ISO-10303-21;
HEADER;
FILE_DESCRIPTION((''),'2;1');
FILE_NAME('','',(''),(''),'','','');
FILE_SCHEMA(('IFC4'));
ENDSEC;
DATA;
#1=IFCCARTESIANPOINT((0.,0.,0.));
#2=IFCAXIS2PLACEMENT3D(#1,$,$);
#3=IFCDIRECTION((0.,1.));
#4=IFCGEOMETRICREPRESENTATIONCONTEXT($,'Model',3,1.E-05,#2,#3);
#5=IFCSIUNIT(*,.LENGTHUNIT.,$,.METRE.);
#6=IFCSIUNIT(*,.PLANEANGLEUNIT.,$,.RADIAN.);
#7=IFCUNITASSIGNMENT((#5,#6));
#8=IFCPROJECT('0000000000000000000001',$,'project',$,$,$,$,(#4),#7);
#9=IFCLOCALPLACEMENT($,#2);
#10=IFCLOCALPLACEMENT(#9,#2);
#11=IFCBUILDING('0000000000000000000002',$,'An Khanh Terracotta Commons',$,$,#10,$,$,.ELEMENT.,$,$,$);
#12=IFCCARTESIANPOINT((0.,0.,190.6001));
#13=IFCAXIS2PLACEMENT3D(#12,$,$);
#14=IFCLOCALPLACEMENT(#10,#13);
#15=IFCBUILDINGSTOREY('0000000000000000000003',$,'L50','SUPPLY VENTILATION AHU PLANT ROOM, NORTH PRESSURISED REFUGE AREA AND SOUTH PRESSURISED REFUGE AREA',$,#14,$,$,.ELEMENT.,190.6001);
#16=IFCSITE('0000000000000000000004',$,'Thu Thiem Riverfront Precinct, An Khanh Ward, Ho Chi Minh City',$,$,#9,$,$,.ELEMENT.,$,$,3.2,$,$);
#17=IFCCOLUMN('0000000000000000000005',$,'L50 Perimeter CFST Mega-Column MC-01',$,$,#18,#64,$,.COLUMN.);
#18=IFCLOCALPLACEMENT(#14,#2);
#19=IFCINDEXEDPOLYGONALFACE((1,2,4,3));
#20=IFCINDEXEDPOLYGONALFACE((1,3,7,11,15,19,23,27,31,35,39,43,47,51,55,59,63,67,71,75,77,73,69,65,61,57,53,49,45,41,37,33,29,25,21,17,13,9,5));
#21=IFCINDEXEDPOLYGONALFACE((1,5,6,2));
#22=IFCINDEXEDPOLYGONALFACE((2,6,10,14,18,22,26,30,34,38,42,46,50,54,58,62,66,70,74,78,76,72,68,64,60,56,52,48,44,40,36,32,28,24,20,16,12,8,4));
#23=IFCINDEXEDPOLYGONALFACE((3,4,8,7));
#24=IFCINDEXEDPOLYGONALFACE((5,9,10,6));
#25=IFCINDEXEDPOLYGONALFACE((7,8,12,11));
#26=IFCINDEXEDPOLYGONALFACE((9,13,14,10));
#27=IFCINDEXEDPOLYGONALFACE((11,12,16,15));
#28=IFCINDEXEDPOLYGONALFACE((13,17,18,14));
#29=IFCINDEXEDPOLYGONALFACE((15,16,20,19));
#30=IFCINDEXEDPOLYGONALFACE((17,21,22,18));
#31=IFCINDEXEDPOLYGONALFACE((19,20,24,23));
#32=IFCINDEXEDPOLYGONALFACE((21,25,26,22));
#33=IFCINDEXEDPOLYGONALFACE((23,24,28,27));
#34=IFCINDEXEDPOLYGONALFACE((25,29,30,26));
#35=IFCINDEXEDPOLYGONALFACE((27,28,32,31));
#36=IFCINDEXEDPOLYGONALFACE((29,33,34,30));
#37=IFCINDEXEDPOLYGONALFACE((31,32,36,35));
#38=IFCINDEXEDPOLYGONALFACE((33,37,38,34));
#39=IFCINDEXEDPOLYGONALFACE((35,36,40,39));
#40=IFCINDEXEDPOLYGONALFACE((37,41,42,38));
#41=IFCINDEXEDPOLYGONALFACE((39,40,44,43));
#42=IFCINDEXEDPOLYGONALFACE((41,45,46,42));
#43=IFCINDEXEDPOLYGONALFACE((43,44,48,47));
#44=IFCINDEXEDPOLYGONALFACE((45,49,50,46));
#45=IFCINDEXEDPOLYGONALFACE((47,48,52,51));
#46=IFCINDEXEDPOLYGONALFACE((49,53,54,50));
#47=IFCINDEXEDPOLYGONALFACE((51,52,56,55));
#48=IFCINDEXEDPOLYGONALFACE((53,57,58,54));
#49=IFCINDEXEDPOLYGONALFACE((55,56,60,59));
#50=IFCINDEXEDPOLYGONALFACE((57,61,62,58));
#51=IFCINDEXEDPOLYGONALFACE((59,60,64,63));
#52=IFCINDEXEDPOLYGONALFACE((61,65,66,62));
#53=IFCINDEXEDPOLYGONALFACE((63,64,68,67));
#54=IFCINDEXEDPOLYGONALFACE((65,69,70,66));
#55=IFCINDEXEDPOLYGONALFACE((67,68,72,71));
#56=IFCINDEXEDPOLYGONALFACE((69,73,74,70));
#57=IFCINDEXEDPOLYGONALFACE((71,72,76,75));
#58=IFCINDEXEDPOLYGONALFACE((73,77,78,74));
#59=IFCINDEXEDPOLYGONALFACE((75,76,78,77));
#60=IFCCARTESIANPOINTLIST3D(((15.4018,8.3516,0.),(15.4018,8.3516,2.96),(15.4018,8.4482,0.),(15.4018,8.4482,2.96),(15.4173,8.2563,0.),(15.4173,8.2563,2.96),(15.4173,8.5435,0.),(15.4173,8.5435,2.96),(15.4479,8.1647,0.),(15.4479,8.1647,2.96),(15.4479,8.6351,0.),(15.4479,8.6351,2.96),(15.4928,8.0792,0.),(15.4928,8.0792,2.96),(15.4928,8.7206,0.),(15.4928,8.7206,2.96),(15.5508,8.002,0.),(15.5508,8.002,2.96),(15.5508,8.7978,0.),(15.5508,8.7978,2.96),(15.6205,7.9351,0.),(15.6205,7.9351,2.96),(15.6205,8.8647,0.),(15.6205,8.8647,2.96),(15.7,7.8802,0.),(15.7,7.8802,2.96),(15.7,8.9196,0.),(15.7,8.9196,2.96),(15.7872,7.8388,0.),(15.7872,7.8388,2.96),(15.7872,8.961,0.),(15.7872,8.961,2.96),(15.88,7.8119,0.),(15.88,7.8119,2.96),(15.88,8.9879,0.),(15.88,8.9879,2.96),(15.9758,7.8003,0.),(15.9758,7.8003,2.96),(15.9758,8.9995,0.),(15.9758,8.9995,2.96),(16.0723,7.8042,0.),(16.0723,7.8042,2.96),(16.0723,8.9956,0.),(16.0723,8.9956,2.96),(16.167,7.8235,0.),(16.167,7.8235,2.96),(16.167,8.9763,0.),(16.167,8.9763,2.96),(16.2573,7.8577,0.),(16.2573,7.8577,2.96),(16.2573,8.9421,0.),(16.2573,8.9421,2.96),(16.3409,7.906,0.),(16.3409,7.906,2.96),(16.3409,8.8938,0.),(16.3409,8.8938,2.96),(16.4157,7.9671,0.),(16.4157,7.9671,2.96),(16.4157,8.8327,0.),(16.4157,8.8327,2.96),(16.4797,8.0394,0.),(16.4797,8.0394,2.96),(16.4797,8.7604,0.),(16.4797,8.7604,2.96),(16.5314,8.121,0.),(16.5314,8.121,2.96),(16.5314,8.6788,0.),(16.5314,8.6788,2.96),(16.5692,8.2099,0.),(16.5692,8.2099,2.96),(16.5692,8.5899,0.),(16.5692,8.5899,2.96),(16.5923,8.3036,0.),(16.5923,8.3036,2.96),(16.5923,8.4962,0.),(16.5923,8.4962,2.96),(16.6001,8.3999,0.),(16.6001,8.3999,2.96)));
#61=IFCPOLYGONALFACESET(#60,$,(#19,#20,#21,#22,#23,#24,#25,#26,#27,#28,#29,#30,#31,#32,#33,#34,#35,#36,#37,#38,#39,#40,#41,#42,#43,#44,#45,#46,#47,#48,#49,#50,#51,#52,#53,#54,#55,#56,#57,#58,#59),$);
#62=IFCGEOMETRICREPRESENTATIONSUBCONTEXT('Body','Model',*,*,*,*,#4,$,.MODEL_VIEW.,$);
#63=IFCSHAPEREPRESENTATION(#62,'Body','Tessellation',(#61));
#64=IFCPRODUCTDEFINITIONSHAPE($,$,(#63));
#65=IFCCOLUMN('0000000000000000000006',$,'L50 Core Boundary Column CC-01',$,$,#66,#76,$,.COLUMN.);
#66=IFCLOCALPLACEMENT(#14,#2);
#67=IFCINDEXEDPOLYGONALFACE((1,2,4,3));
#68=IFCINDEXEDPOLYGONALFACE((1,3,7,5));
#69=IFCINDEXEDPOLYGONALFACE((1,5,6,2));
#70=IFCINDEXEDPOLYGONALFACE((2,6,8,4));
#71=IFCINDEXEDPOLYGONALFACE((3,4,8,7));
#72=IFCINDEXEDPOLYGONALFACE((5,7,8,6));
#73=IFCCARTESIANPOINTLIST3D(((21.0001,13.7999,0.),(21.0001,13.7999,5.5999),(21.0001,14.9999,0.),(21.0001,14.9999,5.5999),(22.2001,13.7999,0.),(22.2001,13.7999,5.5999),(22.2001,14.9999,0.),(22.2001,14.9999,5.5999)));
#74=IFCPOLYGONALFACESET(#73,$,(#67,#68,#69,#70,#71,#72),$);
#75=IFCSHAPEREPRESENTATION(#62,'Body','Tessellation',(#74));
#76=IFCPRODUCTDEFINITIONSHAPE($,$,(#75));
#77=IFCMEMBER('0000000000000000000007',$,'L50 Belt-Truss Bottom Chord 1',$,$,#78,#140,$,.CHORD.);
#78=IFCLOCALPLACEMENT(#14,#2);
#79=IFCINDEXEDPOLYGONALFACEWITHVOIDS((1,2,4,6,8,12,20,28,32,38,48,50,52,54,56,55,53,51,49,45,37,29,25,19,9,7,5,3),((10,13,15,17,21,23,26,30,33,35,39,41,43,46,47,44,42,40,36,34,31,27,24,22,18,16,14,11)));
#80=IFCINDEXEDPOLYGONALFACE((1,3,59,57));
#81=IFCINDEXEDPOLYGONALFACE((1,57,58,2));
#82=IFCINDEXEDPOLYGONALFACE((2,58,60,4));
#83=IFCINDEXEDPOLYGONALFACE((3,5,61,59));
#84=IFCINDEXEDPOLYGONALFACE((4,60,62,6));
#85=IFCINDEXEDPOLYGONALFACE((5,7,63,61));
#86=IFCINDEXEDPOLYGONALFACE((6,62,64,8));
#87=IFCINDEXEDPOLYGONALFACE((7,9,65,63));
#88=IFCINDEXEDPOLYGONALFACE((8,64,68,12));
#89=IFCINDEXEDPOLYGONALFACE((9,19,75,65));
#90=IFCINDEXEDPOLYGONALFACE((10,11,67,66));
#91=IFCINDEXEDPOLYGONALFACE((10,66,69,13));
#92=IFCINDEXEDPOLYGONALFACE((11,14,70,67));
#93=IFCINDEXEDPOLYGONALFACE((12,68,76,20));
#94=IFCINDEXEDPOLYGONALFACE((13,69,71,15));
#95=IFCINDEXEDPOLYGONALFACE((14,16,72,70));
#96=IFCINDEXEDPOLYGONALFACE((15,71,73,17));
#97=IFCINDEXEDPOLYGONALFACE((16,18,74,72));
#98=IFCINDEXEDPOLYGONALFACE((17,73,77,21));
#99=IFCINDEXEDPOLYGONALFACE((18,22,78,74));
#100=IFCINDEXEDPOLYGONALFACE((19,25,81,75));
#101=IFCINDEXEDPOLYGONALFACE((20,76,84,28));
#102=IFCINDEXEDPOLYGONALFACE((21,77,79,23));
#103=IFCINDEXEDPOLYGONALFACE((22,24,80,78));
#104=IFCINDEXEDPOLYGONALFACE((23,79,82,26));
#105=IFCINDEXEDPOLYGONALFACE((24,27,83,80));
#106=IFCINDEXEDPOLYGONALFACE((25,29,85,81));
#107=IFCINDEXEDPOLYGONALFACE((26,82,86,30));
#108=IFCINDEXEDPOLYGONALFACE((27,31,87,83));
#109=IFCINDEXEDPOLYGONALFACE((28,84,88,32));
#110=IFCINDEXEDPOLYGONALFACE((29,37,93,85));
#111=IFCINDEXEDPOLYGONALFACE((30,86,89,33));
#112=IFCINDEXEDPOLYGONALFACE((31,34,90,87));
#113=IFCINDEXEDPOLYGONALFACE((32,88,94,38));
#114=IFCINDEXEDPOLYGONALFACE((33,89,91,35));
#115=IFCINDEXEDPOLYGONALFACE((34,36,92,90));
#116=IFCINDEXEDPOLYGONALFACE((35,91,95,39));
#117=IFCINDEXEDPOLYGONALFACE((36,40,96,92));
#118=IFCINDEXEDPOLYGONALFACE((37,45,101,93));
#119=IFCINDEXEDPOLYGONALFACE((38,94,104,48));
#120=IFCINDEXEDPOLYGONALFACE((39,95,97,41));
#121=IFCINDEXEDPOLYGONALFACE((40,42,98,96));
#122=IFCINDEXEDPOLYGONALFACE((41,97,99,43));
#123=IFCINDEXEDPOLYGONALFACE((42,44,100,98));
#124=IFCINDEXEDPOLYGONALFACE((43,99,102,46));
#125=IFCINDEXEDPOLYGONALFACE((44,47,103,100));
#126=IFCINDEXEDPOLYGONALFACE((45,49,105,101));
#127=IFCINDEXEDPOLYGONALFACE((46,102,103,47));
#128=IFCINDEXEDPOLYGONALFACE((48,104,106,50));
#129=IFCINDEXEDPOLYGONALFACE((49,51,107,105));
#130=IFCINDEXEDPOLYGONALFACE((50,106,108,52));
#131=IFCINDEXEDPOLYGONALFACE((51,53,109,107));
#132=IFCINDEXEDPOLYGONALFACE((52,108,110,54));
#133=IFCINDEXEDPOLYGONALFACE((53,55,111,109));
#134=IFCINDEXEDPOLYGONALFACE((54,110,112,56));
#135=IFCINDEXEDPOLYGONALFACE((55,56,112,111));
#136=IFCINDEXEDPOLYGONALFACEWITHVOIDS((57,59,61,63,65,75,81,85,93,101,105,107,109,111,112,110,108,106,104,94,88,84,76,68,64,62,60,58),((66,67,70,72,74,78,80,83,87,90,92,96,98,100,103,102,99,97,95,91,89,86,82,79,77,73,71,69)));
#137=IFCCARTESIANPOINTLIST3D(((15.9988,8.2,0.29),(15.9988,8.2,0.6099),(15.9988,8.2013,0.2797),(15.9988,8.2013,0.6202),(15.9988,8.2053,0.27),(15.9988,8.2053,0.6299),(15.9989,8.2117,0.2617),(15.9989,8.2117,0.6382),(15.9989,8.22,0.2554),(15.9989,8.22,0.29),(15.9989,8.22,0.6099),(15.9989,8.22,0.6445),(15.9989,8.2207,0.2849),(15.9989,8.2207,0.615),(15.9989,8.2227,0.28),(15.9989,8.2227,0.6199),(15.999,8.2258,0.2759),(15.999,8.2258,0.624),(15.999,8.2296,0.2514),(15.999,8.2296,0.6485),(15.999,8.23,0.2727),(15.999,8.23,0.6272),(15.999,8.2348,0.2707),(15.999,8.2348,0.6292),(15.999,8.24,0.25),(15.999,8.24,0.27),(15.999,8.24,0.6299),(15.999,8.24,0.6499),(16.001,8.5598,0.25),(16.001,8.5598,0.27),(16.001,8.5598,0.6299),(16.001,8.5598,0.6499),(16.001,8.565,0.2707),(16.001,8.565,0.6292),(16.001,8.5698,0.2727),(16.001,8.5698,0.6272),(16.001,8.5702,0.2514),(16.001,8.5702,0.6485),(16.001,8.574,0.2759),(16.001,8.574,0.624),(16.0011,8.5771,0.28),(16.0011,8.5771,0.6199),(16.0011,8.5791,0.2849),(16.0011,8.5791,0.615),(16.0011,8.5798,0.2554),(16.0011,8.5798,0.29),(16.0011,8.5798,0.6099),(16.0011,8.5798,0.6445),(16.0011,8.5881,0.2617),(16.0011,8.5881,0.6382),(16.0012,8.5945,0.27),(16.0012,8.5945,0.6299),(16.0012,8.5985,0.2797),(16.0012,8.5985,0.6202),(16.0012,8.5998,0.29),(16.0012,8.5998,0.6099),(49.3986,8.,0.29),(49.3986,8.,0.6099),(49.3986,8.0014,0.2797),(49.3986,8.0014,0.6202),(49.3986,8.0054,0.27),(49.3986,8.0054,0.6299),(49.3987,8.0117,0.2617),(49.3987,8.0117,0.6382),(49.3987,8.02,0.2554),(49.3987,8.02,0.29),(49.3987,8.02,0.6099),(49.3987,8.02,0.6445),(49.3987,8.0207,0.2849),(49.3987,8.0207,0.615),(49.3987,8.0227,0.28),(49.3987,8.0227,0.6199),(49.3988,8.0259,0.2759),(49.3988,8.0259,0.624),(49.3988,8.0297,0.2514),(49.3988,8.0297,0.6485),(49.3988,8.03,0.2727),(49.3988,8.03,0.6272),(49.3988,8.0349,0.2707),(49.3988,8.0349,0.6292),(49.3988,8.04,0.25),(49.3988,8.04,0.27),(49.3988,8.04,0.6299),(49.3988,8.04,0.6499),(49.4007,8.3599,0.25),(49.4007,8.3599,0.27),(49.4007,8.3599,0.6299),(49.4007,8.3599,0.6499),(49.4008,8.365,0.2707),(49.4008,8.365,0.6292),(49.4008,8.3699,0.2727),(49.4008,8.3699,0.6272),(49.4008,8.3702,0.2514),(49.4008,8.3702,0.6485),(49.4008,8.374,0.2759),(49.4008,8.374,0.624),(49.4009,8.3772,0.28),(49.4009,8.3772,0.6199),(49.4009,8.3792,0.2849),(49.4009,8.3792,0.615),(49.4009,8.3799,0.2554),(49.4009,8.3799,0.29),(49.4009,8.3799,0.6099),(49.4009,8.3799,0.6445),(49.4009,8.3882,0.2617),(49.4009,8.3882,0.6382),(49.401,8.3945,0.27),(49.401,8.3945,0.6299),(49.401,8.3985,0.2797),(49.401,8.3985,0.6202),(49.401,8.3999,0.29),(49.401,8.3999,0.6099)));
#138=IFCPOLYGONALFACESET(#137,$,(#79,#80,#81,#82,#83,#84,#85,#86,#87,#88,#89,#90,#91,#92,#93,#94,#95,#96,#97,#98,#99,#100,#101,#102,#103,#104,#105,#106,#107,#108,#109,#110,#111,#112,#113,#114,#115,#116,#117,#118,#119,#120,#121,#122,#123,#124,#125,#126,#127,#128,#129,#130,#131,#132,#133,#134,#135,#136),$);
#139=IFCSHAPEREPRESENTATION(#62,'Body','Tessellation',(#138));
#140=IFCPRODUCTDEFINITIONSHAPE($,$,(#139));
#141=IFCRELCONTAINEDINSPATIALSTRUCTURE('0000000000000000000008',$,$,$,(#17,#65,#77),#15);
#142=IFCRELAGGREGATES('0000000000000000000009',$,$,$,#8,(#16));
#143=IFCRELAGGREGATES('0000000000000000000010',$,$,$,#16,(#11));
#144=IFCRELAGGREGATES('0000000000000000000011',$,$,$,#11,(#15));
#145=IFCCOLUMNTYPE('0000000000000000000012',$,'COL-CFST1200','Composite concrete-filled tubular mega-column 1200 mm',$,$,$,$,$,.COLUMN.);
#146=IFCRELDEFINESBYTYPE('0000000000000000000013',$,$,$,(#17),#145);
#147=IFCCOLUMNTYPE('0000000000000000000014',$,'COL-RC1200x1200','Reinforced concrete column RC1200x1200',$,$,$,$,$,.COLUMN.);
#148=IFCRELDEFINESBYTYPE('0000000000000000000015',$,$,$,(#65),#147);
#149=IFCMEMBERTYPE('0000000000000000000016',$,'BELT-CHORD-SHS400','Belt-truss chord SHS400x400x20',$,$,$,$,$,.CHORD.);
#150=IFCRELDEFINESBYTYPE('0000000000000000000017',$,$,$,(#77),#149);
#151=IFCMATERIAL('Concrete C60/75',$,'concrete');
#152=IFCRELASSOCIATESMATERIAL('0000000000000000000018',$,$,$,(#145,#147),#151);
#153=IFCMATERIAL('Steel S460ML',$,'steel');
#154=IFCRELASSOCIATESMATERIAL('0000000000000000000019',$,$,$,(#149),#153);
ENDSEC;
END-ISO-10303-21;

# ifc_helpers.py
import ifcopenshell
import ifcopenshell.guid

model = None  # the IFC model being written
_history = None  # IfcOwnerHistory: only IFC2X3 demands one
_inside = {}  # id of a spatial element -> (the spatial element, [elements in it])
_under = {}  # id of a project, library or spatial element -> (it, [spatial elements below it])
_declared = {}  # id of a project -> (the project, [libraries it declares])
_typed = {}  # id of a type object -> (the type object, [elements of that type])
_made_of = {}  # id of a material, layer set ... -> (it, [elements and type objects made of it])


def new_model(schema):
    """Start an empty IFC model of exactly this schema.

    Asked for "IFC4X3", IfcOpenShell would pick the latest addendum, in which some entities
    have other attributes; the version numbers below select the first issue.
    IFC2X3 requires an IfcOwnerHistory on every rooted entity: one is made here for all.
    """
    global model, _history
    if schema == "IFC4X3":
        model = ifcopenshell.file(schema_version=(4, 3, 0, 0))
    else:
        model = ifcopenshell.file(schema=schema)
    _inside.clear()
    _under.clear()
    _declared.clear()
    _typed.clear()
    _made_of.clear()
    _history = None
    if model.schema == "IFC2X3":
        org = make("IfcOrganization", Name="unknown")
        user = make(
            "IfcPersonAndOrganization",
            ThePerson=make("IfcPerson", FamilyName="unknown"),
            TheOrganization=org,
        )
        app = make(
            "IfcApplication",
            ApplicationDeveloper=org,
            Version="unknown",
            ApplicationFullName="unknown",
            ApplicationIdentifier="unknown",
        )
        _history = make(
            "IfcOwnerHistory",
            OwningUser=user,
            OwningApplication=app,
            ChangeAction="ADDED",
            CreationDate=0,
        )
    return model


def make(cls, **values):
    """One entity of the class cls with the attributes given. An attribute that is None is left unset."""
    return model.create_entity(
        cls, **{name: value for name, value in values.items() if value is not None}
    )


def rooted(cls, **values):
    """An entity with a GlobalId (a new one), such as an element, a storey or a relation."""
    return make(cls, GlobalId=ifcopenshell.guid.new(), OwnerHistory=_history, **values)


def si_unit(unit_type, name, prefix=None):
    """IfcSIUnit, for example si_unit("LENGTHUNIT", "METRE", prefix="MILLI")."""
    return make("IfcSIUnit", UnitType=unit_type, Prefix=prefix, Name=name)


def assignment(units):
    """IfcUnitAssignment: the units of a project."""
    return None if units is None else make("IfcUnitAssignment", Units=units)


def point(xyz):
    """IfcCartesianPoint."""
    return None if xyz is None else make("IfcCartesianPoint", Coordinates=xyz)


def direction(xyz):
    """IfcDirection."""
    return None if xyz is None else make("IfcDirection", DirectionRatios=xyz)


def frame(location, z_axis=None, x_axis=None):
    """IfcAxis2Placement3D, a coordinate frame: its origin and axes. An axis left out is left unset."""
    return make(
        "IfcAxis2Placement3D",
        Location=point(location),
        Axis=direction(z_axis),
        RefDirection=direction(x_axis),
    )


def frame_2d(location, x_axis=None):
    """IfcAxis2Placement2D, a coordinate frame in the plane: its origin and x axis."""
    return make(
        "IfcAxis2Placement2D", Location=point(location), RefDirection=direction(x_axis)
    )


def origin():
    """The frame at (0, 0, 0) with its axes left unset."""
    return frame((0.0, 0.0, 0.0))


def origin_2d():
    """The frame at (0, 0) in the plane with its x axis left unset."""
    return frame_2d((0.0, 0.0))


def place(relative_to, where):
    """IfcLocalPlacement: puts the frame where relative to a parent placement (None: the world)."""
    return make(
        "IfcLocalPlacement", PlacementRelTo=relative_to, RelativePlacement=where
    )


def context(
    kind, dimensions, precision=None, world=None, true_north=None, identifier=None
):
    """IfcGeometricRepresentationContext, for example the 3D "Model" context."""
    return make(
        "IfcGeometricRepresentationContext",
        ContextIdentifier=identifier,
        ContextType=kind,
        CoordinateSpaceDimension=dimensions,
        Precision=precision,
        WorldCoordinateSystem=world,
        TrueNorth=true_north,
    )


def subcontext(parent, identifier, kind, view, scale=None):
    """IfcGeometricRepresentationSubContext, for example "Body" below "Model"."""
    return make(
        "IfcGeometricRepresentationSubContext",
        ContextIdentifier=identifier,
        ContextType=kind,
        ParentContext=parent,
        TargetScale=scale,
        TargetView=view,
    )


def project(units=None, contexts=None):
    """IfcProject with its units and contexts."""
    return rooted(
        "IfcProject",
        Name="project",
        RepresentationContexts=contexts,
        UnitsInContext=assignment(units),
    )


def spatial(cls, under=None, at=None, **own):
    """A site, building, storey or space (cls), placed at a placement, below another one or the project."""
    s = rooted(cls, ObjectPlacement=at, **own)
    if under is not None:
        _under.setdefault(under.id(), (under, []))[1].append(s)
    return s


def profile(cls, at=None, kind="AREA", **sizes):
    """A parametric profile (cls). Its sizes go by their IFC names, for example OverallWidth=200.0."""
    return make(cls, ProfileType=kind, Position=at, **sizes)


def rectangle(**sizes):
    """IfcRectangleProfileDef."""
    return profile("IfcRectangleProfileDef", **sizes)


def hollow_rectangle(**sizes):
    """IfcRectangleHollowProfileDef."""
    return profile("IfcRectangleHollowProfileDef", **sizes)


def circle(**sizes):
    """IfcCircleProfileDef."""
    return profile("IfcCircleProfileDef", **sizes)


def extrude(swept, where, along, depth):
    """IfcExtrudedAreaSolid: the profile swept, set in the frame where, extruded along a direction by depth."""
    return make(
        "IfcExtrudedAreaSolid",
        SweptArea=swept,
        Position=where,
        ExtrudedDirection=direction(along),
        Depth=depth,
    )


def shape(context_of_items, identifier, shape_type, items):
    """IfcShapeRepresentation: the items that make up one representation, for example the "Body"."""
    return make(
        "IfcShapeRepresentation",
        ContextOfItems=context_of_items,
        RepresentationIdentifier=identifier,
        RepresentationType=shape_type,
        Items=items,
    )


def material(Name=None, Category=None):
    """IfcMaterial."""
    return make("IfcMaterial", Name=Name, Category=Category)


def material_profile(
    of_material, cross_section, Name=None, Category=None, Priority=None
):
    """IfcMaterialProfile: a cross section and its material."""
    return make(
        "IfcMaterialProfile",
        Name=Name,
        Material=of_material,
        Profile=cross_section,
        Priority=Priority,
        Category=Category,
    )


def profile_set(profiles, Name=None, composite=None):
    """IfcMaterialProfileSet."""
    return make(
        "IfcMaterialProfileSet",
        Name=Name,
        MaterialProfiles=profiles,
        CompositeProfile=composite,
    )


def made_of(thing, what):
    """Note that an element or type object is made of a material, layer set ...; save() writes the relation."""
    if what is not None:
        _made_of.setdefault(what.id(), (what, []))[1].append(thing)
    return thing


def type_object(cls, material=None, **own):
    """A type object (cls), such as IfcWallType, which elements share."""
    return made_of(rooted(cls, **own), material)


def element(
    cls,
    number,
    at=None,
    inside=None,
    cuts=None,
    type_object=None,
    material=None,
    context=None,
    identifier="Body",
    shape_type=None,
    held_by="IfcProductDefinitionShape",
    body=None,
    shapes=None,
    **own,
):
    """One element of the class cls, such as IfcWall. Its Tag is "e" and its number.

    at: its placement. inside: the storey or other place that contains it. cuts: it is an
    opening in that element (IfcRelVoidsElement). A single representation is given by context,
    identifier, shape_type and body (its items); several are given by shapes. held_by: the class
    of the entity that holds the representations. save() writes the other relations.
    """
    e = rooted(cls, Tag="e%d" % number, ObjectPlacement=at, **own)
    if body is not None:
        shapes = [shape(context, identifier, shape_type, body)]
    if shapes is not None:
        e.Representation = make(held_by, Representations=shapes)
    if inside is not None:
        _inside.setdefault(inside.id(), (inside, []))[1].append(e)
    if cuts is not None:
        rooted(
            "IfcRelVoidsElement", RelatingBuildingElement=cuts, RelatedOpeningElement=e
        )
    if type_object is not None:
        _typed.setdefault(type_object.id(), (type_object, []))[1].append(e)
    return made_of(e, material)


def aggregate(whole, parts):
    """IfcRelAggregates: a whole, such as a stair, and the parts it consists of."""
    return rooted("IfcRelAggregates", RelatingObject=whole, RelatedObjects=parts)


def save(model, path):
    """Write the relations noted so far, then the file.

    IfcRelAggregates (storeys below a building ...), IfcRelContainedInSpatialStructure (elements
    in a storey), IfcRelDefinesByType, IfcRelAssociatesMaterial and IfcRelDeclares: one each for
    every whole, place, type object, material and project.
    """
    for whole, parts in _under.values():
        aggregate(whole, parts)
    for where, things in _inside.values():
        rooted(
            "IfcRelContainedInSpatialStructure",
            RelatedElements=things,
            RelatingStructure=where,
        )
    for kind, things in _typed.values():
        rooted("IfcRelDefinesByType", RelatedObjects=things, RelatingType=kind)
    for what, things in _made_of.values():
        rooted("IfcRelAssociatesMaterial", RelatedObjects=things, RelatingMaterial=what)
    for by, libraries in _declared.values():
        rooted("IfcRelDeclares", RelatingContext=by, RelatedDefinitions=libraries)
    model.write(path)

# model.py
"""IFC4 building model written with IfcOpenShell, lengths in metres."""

from ifc_helpers import new_model, si_unit, direction, frame, origin, origin_2d, place, context, subcontext, project, spatial, rectangle, hollow_rectangle, circle, extrude, material, material_profile, profile_set, type_object, element, save


model = new_model("IFC4")

# Units and contexts
model_context = context("Model", 3, precision=1e-05, world=origin(), true_north=direction((0.0, 1.0)))
body_context = subcontext(model_context, "Body", "Model", "MODEL_VIEW")
ifc_project = project(units=[si_unit("LENGTHUNIT", "METRE"), si_unit("PLANEANGLEUNIT", "RADIAN")], contexts=[model_context])

# Site, building, storey
site_placement = place(None, origin())
site = spatial("IfcSite", under=ifc_project, at=site_placement, Name="Thu Thiem Riverfront Precinct, An Khanh Ward, Ho Chi Minh City", CompositionType="ELEMENT", RefElevation=3.2)
building_placement = place(site_placement, origin())
building = spatial("IfcBuilding", under=site, at=building_placement, Name="An Khanh Terracotta Commons", CompositionType="ELEMENT")
storey_placement = place(building_placement, frame((0.0, 0.0, 190.6001)))
storey = spatial("IfcBuildingStorey", under=building, at=storey_placement, Name="L50", Description="SUPPLY VENTILATION AHU PLANT ROOM, NORTH PRESSURISED REFUGE AREA AND SOUTH PRESSURISED REFUGE AREA", CompositionType="ELEMENT", Elevation=190.6001)

# Columns
ifc_material_1 = material(Name="Concrete C60/75", Category="concrete")
ifc_material_profile_1 = material_profile(ifc_material_1, circle(Radius=0.6001, at=origin_2d()), Name="CFST1200")
ifc_profile_set_1 = profile_set([ifc_material_profile_1], Name="Concrete C60/75")
column_type_1 = type_object("IfcColumnType", Name="COL-CFST1200", Description="Composite concrete-filled tubular mega-column 1200 mm", PredefinedType="COLUMN", material=ifc_profile_set_1)
column_1_placement = place(storey_placement, frame((16.0, 8.3999, 0.0), z_axis=(0.0, 0.0, 1.0), x_axis=(1.0, 0.0, 0.0)))
element("IfcColumn", 1, at=column_1_placement, inside=storey, type_object=column_type_1, Name="L50 Perimeter CFST Mega-Column MC-01", PredefinedType="COLUMN", context=body_context, shape_type="SweptSolid", body=[
    extrude(circle(Radius=0.6001, at=origin_2d()), origin(), (0.0, 0.0, 1.0), 2.96),
])
ifc_material_profile_2 = material_profile(ifc_material_1, rectangle(XDim=1.2, YDim=1.2, at=origin_2d()), Name="RC1200x1200")
ifc_profile_set_2 = profile_set([ifc_material_profile_2], Name="Concrete C60/75")
column_type_2 = type_object("IfcColumnType", Name="COL-RC1200x1200", Description="Reinforced concrete column RC1200x1200", PredefinedType="COLUMN", material=ifc_profile_set_2)
column_2_placement = place(storey_placement, frame((21.6001, 14.3999, 0.0), z_axis=(0.0, 0.0, 1.0), x_axis=(1.0, 0.0, 0.0)))
element("IfcColumn", 2, at=column_2_placement, inside=storey, type_object=column_type_2, Name="L50 Core Boundary Column CC-01", PredefinedType="COLUMN", context=body_context, shape_type="SweptSolid", body=[
    extrude(rectangle(XDim=1.2, YDim=1.2, at=origin_2d()), origin(), (0.0, 0.0, 1.0), 5.5999),
])

# Member
ifc_material_2 = material(Name="Steel S460ML", Category="steel")
ifc_material_profile_3 = material_profile(ifc_material_2, hollow_rectangle(XDim=0.3999, YDim=0.3999, WallThickness=0.02, InnerFilletRadius=0.02, OuterFilletRadius=0.04, at=origin_2d()), Name="SHS400x400x20")
ifc_profile_set_3 = profile_set([ifc_material_profile_3], Name="Steel S460ML")
member_type_1 = type_object("IfcMemberType", Name="BELT-CHORD-SHS400", Description="Belt-truss chord SHS400x400x20", PredefinedType="CHORD", material=ifc_profile_set_3)
for number, where, z_axis, x_axis, name in (
    (3, (16.0, 8.3999, 0.45), (0.999982, -0.005986, 0.0), (0.005986, 0.999982, 0.0), "L50 Belt-Truss Bottom Chord 1"),
):
    element("IfcMember", number, at=place(storey_placement, frame(where, z_axis=z_axis, x_axis=x_axis)), inside=storey, type_object=member_type_1, Name=name, PredefinedType="CHORD", context=body_context, shape_type="SweptSolid", body=[
        extrude(hollow_rectangle(XDim=0.3999, YDim=0.3999, WallThickness=0.02, InnerFilletRadius=0.02, OuterFilletRadius=0.04, at=origin_2d()), origin(), (0.0, 0.0, 1.0), 33.4004),
    ])

save(model, "model.ifc")
